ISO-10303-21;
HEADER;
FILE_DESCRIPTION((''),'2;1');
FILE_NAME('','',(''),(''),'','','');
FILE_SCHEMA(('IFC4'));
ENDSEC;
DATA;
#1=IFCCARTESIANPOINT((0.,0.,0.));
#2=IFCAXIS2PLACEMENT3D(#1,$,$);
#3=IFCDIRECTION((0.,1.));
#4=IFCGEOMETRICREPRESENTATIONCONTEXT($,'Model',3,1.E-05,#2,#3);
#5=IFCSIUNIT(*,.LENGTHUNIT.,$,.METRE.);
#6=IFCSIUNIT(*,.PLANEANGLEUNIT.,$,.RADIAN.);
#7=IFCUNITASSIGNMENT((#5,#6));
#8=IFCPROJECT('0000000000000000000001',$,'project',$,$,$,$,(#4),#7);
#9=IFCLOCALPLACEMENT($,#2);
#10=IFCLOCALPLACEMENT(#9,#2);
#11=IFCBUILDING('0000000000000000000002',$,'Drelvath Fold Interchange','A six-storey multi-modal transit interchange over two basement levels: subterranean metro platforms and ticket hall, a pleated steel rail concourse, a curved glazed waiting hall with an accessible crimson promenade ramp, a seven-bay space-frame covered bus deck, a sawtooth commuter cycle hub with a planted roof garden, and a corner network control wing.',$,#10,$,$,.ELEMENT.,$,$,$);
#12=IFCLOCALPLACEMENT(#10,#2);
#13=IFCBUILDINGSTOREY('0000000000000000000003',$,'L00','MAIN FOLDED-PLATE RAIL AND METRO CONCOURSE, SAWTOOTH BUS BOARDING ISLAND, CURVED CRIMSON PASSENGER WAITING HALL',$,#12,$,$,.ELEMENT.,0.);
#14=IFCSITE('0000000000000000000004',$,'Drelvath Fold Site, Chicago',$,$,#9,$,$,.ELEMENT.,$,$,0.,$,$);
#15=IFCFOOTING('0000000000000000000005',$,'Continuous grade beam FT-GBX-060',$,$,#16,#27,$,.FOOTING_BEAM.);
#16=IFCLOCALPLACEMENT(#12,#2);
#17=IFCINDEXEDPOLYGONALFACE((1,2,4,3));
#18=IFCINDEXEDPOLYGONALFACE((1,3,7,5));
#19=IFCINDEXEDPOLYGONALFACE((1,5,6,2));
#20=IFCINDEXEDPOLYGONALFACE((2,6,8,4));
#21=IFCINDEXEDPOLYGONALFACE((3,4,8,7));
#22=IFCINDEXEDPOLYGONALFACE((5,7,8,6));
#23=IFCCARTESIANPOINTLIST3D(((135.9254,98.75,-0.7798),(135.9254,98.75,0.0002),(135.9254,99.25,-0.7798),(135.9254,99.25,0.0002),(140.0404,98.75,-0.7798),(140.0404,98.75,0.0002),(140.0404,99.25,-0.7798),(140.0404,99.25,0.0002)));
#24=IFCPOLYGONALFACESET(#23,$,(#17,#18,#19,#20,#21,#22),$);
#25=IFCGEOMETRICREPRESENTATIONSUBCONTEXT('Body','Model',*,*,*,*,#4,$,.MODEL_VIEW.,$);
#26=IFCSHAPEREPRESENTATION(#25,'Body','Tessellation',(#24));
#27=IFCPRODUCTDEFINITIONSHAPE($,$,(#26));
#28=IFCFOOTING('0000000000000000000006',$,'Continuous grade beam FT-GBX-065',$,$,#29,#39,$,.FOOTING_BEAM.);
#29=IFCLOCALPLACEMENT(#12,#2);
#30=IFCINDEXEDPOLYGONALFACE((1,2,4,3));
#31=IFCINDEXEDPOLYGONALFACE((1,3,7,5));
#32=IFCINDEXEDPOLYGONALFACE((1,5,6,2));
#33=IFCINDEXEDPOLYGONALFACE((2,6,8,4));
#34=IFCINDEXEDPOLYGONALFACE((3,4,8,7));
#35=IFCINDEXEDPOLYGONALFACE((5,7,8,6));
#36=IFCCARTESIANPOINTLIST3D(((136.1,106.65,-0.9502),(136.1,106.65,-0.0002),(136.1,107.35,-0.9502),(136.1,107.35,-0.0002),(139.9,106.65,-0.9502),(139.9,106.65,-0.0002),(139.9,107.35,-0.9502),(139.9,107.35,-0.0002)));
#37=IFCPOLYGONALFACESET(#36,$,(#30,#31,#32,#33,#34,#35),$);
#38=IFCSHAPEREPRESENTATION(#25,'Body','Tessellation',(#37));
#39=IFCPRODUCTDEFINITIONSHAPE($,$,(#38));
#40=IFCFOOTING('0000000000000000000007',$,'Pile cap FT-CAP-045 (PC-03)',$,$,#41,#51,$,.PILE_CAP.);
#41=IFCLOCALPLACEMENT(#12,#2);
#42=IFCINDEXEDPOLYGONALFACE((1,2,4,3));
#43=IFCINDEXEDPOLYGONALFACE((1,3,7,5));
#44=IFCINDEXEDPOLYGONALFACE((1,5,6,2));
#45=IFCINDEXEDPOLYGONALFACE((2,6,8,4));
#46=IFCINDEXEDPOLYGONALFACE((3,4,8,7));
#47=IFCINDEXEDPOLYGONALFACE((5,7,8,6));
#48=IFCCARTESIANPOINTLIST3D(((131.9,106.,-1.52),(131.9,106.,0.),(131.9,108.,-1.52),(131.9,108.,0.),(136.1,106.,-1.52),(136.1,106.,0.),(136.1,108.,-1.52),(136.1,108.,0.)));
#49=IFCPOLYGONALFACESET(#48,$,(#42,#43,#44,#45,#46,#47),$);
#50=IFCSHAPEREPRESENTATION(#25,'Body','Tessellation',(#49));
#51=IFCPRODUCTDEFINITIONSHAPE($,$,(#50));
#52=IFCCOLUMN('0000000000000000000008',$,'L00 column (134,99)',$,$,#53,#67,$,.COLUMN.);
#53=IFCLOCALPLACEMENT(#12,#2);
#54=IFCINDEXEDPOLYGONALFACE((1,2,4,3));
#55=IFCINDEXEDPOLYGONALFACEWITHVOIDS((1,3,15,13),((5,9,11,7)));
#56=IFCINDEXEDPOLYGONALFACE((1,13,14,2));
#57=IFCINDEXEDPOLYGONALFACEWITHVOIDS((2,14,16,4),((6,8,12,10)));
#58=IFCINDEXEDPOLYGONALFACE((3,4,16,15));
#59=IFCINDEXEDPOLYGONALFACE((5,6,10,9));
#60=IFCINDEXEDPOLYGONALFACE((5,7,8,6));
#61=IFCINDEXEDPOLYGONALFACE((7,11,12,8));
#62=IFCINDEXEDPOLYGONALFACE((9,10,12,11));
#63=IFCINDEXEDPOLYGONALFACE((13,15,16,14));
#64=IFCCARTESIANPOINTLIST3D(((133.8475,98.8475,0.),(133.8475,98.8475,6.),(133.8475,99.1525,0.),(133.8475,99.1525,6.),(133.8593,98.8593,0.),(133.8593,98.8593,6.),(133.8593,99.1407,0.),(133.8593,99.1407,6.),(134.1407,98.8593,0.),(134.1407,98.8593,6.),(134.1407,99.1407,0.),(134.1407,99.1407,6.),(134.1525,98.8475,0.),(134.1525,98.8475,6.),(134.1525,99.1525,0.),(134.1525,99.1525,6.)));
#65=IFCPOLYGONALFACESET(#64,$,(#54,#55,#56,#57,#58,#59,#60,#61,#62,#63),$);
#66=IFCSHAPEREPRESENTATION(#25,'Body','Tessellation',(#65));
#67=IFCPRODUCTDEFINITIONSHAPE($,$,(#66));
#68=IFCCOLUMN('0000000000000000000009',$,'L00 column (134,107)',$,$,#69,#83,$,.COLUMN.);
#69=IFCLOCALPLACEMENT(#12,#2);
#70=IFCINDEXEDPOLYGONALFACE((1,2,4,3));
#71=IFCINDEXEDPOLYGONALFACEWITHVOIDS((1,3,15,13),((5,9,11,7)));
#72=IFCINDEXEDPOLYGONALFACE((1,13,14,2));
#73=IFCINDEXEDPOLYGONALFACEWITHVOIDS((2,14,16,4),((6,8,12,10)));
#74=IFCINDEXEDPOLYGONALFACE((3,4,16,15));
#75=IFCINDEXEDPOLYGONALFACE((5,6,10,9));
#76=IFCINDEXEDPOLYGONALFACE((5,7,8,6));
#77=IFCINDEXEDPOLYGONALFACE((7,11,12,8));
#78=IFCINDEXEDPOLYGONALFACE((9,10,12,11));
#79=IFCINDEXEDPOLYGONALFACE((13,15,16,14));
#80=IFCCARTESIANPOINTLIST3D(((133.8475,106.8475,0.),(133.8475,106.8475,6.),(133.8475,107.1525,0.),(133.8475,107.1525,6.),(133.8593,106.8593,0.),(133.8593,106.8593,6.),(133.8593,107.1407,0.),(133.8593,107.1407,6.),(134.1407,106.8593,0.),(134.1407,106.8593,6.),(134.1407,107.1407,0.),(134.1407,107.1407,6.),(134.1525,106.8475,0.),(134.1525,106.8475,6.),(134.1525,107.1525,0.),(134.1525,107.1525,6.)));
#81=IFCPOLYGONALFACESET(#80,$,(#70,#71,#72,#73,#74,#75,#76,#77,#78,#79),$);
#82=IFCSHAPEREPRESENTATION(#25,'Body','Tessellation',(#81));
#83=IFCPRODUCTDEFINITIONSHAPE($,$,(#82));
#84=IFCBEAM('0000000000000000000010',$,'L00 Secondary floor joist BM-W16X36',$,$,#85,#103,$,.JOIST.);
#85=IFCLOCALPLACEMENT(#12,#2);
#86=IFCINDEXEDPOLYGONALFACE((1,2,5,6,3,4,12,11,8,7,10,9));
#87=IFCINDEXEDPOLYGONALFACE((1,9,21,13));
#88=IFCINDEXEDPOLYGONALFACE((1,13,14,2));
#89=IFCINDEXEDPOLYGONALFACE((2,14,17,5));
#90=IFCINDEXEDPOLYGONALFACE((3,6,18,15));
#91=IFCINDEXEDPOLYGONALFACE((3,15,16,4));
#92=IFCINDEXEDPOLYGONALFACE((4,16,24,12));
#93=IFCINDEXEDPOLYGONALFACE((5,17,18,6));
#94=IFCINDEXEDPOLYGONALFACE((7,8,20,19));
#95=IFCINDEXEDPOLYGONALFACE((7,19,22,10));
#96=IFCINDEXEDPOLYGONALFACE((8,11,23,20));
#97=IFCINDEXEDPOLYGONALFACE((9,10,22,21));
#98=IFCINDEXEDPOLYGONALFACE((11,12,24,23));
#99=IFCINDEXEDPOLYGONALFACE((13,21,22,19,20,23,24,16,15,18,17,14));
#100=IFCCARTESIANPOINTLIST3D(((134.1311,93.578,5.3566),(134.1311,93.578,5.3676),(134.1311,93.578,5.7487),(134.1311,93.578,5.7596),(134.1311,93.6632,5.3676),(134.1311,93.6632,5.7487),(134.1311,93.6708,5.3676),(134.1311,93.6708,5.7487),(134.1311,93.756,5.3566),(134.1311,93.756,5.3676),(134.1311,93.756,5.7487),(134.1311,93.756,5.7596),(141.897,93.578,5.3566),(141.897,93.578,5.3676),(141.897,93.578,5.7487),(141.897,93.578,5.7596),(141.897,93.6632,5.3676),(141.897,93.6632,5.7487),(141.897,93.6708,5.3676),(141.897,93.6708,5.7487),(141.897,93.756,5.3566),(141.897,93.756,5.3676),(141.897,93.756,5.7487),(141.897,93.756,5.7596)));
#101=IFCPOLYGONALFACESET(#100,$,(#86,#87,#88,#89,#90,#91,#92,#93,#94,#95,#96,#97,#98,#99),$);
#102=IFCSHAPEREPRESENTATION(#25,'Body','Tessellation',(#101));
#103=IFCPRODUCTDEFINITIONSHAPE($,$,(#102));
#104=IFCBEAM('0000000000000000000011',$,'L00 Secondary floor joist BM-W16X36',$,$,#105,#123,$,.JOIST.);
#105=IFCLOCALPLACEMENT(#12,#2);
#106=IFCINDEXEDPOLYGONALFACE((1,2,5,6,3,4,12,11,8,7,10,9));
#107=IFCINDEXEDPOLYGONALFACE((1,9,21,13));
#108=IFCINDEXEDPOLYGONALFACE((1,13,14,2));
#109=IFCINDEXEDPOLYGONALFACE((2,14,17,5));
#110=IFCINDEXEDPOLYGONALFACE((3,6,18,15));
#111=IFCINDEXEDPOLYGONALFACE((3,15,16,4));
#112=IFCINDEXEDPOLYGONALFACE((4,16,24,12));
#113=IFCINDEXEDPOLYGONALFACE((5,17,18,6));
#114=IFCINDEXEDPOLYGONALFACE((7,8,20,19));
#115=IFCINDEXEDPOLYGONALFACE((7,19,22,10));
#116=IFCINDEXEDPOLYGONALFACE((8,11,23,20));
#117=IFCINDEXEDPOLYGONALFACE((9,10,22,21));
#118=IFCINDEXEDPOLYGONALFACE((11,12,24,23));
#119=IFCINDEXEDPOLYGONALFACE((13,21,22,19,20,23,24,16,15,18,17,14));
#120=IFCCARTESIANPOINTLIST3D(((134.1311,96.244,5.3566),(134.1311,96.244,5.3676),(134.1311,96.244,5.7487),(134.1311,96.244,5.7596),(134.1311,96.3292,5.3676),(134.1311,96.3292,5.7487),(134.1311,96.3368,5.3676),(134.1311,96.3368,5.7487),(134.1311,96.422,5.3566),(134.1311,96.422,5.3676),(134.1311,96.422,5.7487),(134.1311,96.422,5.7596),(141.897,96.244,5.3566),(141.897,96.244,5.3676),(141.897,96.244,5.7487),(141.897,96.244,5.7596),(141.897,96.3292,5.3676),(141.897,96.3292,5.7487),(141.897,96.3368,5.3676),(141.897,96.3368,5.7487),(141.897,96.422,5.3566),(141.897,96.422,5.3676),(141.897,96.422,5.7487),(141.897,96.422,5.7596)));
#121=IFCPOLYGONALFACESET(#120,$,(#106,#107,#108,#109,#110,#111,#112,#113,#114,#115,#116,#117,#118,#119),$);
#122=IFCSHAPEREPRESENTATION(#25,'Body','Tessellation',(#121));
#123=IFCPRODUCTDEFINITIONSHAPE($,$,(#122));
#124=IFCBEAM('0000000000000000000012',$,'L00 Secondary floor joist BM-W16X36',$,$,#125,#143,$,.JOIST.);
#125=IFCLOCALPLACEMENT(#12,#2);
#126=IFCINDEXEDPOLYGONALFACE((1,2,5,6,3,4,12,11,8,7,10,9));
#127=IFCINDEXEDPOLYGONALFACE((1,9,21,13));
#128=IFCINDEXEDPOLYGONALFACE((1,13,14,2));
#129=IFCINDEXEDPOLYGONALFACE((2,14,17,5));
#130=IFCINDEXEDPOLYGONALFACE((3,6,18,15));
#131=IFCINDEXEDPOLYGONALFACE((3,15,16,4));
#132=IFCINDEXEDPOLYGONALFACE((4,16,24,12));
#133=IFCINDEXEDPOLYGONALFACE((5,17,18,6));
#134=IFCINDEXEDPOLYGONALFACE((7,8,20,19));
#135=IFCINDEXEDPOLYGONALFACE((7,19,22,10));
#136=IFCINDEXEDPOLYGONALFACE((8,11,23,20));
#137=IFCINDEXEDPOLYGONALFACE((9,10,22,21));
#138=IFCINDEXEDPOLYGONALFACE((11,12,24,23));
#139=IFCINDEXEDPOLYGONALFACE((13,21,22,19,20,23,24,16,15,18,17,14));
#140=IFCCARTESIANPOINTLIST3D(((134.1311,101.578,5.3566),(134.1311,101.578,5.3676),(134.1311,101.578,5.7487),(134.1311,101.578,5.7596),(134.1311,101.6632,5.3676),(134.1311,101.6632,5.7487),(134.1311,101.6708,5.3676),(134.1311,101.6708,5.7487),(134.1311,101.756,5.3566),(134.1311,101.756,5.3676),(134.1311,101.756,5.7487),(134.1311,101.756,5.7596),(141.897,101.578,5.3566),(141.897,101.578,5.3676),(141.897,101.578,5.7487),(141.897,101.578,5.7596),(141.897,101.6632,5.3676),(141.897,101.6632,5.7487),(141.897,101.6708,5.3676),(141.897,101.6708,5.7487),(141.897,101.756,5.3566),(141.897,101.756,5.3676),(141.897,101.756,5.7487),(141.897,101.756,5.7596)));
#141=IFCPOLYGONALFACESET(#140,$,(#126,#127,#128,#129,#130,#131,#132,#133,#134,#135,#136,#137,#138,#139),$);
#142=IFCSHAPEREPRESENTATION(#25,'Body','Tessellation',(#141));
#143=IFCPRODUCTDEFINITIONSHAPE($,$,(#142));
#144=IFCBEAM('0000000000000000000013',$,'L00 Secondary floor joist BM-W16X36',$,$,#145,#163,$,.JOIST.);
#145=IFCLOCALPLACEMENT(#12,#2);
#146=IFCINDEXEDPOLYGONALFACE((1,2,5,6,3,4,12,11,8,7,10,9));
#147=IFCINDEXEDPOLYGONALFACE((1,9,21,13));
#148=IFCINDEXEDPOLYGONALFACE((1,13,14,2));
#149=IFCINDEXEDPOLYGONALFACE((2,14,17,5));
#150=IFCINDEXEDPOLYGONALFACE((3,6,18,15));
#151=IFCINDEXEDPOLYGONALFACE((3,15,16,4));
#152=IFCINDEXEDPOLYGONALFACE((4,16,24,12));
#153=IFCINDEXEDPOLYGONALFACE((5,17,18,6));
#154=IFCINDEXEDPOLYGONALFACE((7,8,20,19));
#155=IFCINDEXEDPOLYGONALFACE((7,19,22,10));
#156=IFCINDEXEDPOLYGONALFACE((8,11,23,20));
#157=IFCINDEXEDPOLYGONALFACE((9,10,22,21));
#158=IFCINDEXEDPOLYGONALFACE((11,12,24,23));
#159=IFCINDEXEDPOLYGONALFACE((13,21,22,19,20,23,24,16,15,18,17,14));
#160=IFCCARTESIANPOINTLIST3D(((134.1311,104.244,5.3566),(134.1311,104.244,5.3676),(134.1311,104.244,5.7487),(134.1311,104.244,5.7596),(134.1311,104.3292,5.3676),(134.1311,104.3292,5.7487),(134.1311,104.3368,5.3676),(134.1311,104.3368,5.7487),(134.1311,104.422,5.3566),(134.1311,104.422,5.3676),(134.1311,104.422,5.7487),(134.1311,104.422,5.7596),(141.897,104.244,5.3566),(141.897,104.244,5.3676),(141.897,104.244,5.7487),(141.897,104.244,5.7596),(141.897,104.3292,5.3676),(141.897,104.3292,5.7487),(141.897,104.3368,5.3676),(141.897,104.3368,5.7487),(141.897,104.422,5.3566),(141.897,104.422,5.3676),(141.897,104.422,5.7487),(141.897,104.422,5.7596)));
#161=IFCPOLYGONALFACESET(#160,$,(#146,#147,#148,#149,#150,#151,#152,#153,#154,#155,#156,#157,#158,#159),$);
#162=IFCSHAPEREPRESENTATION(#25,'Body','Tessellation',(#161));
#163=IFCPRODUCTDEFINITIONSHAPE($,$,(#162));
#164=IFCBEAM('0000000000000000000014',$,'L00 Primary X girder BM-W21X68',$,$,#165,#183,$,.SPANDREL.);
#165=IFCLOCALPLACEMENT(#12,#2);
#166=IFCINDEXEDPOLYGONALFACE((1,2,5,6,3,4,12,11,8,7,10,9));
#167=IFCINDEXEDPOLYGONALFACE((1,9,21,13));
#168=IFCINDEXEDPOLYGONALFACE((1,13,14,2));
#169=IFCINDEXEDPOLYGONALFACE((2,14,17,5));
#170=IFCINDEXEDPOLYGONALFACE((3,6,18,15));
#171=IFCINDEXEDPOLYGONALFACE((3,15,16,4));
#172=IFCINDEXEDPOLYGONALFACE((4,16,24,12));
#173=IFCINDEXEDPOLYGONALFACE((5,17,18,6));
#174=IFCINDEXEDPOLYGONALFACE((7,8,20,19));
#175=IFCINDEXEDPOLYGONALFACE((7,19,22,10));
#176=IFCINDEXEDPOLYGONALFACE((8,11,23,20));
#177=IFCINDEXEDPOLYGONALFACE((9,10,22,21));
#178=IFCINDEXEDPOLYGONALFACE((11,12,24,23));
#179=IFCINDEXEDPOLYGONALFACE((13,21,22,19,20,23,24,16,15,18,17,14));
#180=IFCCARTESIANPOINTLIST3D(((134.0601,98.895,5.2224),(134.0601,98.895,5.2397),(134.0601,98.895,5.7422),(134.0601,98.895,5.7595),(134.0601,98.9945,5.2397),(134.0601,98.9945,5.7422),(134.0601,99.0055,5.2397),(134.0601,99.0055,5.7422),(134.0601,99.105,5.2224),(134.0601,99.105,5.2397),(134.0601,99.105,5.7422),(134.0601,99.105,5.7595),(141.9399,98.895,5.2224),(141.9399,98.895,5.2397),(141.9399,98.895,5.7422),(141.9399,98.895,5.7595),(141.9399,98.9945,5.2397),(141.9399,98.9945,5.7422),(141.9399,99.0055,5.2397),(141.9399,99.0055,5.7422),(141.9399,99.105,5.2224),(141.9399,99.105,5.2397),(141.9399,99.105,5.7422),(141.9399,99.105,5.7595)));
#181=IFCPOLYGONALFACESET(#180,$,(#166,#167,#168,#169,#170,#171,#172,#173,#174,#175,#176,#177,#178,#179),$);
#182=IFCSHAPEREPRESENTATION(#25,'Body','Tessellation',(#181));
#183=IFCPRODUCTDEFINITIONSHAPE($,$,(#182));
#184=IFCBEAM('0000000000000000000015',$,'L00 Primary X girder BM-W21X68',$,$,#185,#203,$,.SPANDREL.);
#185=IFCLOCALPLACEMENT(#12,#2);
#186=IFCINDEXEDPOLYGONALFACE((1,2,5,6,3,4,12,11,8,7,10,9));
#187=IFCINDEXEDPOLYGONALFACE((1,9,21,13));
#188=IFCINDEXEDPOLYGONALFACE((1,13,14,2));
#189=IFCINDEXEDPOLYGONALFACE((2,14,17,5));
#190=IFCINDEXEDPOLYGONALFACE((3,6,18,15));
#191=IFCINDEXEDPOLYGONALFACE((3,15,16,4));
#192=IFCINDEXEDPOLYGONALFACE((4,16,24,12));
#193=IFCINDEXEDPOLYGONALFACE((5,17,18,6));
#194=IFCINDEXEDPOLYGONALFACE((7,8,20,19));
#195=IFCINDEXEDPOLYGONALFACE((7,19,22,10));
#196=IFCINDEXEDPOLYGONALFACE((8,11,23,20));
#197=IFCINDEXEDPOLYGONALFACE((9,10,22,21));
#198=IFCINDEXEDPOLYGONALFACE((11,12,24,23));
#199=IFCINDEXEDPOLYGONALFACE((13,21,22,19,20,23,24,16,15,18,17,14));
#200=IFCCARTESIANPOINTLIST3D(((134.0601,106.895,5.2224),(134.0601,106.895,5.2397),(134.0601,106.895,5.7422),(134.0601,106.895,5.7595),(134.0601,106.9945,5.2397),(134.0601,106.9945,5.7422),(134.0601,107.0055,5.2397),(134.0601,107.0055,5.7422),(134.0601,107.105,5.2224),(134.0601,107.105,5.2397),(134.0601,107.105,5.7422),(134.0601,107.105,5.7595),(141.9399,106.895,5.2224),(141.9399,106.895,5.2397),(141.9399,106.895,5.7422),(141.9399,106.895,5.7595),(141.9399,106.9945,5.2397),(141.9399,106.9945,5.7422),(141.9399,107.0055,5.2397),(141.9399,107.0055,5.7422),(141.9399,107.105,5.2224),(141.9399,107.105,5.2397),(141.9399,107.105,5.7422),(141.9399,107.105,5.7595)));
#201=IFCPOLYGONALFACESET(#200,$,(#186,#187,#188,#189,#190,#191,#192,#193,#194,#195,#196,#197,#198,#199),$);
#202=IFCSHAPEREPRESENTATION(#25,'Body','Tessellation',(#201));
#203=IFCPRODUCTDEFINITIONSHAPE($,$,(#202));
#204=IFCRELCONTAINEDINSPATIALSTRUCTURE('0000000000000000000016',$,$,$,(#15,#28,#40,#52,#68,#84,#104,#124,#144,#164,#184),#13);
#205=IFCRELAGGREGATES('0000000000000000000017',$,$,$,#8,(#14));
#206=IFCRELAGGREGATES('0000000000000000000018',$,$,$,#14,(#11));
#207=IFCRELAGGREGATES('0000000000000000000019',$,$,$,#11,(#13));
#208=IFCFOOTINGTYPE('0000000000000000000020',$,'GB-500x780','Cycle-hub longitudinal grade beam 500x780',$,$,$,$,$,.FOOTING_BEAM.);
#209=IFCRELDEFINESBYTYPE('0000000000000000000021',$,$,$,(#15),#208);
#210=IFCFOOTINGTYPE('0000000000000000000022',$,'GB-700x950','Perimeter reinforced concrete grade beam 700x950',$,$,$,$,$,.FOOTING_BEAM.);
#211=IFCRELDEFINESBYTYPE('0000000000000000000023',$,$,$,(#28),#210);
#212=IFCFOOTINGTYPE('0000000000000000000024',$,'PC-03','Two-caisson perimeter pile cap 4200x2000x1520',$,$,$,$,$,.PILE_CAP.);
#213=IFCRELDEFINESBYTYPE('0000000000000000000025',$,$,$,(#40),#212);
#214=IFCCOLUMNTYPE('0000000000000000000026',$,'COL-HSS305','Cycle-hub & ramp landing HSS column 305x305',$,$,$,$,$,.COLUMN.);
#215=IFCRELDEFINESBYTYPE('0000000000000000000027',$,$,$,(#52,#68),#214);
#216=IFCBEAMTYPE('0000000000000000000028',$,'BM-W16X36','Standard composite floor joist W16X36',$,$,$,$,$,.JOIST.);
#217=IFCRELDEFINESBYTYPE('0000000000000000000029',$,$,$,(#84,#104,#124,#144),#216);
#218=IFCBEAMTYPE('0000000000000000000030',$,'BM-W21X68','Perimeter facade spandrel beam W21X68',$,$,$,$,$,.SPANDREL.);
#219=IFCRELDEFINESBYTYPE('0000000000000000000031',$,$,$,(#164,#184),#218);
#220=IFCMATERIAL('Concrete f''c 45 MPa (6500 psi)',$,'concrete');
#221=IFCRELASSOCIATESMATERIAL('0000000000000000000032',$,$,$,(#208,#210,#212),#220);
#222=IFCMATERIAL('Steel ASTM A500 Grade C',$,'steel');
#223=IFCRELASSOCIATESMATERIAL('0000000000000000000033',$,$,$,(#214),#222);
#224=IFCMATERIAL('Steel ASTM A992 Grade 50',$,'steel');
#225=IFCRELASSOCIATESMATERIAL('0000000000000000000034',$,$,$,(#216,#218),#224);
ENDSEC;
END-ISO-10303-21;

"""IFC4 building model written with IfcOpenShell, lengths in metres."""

from ifc_helpers import new_model, si_unit, direction, frame, origin, origin_2d, place, context, subcontext, project, spatial, rectangle, hollow_rectangle, i_section, extrude, material, material_profile, profile_set, type_object, element, save


model = new_model("IFC4")

# Units and contexts
model_context = context("Model", 3, precision=1e-05, world=origin(), true_north=direction((0.0, 1.0)))
body_context = subcontext(model_context, "Body", "Model", "MODEL_VIEW")
ifc_project = project(units=[si_unit("LENGTHUNIT", "METRE"), si_unit("PLANEANGLEUNIT", "RADIAN")], contexts=[model_context])

# Site, building, storey
site_placement = place(None, origin())
site = spatial("IfcSite", under=ifc_project, at=site_placement, Name="Drelvath Fold Site, Chicago", CompositionType="ELEMENT", RefElevation=0.0)
building_placement = place(site_placement, origin())
building = spatial("IfcBuilding", under=site, at=building_placement, Name="Drelvath Fold Interchange", Description="A six-storey multi-modal transit interchange over two basement levels: subterranean metro platforms and ticket hall, a pleated steel rail concourse, a curved glazed waiting hall with an accessible crimson promenade ramp, a seven-bay space-frame covered bus deck, a sawtooth commuter cycle hub with a planted roof garden, and a corner network control wing.", CompositionType="ELEMENT")
storey_placement = place(building_placement, origin())
storey = spatial("IfcBuildingStorey", under=building, at=storey_placement, Name="L00", Description="MAIN FOLDED-PLATE RAIL AND METRO CONCOURSE, SAWTOOTH BUS BOARDING ISLAND, CURVED CRIMSON PASSENGER WAITING HALL", CompositionType="ELEMENT", Elevation=0.0)

# Footings
ifc_material_1 = material(Name="Concrete f'c 45 MPa (6500 psi)", Category="concrete")
footing_type_1 = type_object("IfcFootingType", Name="GB-500x780", Description="Cycle-hub longitudinal grade beam 500x780", PredefinedType="FOOTING_BEAM", material=ifc_material_1)
footing_1_placement = place(storey_placement, frame((137.9829, 99.0, -0.7798), z_axis=(0.0, 0.0, 1.0), x_axis=(1.0, 0.0, 0.0)))
element("IfcFooting", 1, at=footing_1_placement, inside=storey, type_object=footing_type_1, Name="Continuous grade beam FT-GBX-060", PredefinedType="FOOTING_BEAM", context=body_context, shape_type="SweptSolid", body=[
    extrude(rectangle(XDim=4.115, YDim=0.5, at=origin_2d()), origin(), (0.0, 0.0, 1.0), 0.78),
])
footing_type_2 = type_object("IfcFootingType", Name="GB-700x950", Description="Perimeter reinforced concrete grade beam 700x950", PredefinedType="FOOTING_BEAM", material=ifc_material_1)
footing_2_placement = place(storey_placement, frame((138.0, 107.0, -0.9502), z_axis=(0.0, 0.0, 1.0), x_axis=(1.0, 0.0, 0.0)))
element("IfcFooting", 2, at=footing_2_placement, inside=storey, type_object=footing_type_2, Name="Continuous grade beam FT-GBX-065", PredefinedType="FOOTING_BEAM", context=body_context, shape_type="SweptSolid", body=[
    extrude(rectangle(XDim=3.8, YDim=0.7, at=origin_2d()), origin(), (0.0, 0.0, 1.0), 0.95),
])
footing_type_3 = type_object("IfcFootingType", Name="PC-03", Description="Two-caisson perimeter pile cap 4200x2000x1520", PredefinedType="PILE_CAP", material=ifc_material_1)
footing_3_placement = place(storey_placement, frame((134.0, 107.0, -1.52), z_axis=(0.0, 0.0, 1.0), x_axis=(1.0, 0.0, 0.0)))
element("IfcFooting", 3, at=footing_3_placement, inside=storey, type_object=footing_type_3, Name="Pile cap FT-CAP-045 (PC-03)", PredefinedType="PILE_CAP", context=body_context, shape_type="SweptSolid", body=[
    extrude(rectangle(XDim=4.2, YDim=2.0, at=origin_2d()), origin(), (0.0, 0.0, 1.0), 1.52),
])

# Columns
ifc_material_2 = material(Name="Steel ASTM A500 Grade C", Category="steel")
ifc_material_profile_1 = material_profile(ifc_material_2, hollow_rectangle(XDim=0.3049, YDim=0.3049, WallThickness=0.0117, at=origin_2d()), Name="HSS12X12X1/2")
ifc_profile_set_1 = profile_set([ifc_material_profile_1], Name="Steel ASTM A500 Grade C")
column_type = type_object("IfcColumnType", Name="COL-HSS305", Description="Cycle-hub & ramp landing HSS column 305x305", PredefinedType="COLUMN", material=ifc_profile_set_1)
for number, where, z_axis, x_axis, name in (
    (4, (134.0, 99.0, 0.0), (0.0, 0.0, 1.0), (1.0, 0.0, 0.0), "L00 column (134,99)"),
    (5, (134.0, 107.0, 0.0), (0.0, 0.0, 1.0), (1.0, 0.0, 0.0), "L00 column (134,107)"),
):
    element("IfcColumn", number, at=place(storey_placement, frame(where, z_axis=z_axis, x_axis=x_axis)), inside=storey, type_object=column_type, Name=name, PredefinedType="COLUMN", context=body_context, shape_type="SweptSolid", body=[
        extrude(hollow_rectangle(XDim=0.3049, YDim=0.3049, WallThickness=0.0117, at=origin_2d()), origin(), (0.0, 0.0, 1.0), 6.0),
    ])

# Beams
ifc_material_3 = material(Name="Steel ASTM A992 Grade 50", Category="steel")
ifc_material_profile_2 = material_profile(ifc_material_3, i_section(OverallWidth=0.178, OverallDepth=0.4031, WebThickness=0.0076, FlangeThickness=0.011, at=origin_2d()), Name="W16X36")
ifc_profile_set_2 = profile_set([ifc_material_profile_2], Name="Steel ASTM A992 Grade 50")
beam_type_1 = type_object("IfcBeamType", Name="BM-W16X36", Description="Standard composite floor joist W16X36", PredefinedType="JOIST", material=ifc_profile_set_2)
for number, where, z_axis, x_axis, name in (
    (6, (134.1311, 93.667, 5.5581), (1.0, 0.0, 0.0), (0.0, 1.0, 0.0), "L00 Secondary floor joist BM-W16X36"),
    (7, (134.1311, 96.333, 5.5581), (1.0, 0.0, 0.0), (0.0, 1.0, 0.0), "L00 Secondary floor joist BM-W16X36"),
    (8, (134.1311, 101.667, 5.5581), (1.0, 0.0, 0.0), (0.0, 1.0, 0.0), "L00 Secondary floor joist BM-W16X36"),
    (9, (134.1311, 104.333, 5.5581), (1.0, 0.0, 0.0), (0.0, 1.0, 0.0), "L00 Secondary floor joist BM-W16X36"),
):
    element("IfcBeam", number, at=place(storey_placement, frame(where, z_axis=z_axis, x_axis=x_axis)), inside=storey, type_object=beam_type_1, Name=name, PredefinedType="JOIST", context=body_context, shape_type="SweptSolid", body=[
        extrude(i_section(OverallWidth=0.178, OverallDepth=0.4031, WebThickness=0.0076, FlangeThickness=0.011, at=origin_2d()), origin(), (0.0, 0.0, 1.0), 7.7659),
    ])
ifc_material_profile_3 = material_profile(ifc_material_3, i_section(OverallWidth=0.21, OverallDepth=0.5371, WebThickness=0.011, FlangeThickness=0.0173, at=origin_2d()), Name="W21X68")
ifc_profile_set_3 = profile_set([ifc_material_profile_3], Name="Steel ASTM A992 Grade 50")
beam_type_2 = type_object("IfcBeamType", Name="BM-W21X68", Description="Perimeter facade spandrel beam W21X68", PredefinedType="SPANDREL", material=ifc_profile_set_3)
for number, where, z_axis, x_axis, name in (
    (10, (134.0601, 99.0, 5.491), (1.0, 0.0, 0.0), (0.0, 1.0, 0.0), "L00 Primary X girder BM-W21X68"),
    (11, (134.0601, 107.0, 5.491), (1.0, 0.0, 0.0), (0.0, 1.0, 0.0), "L00 Primary X girder BM-W21X68"),
):
    element("IfcBeam", number, at=place(storey_placement, frame(where, z_axis=z_axis, x_axis=x_axis)), inside=storey, type_object=beam_type_2, Name=name, PredefinedType="SPANDREL", context=body_context, shape_type="SweptSolid", body=[
        extrude(i_section(OverallWidth=0.21, OverallDepth=0.5371, WebThickness=0.011, FlangeThickness=0.0173, at=origin_2d()), origin(), (0.0, 0.0, 1.0), 7.8799),
    ])

save(model, "model.ifc")
